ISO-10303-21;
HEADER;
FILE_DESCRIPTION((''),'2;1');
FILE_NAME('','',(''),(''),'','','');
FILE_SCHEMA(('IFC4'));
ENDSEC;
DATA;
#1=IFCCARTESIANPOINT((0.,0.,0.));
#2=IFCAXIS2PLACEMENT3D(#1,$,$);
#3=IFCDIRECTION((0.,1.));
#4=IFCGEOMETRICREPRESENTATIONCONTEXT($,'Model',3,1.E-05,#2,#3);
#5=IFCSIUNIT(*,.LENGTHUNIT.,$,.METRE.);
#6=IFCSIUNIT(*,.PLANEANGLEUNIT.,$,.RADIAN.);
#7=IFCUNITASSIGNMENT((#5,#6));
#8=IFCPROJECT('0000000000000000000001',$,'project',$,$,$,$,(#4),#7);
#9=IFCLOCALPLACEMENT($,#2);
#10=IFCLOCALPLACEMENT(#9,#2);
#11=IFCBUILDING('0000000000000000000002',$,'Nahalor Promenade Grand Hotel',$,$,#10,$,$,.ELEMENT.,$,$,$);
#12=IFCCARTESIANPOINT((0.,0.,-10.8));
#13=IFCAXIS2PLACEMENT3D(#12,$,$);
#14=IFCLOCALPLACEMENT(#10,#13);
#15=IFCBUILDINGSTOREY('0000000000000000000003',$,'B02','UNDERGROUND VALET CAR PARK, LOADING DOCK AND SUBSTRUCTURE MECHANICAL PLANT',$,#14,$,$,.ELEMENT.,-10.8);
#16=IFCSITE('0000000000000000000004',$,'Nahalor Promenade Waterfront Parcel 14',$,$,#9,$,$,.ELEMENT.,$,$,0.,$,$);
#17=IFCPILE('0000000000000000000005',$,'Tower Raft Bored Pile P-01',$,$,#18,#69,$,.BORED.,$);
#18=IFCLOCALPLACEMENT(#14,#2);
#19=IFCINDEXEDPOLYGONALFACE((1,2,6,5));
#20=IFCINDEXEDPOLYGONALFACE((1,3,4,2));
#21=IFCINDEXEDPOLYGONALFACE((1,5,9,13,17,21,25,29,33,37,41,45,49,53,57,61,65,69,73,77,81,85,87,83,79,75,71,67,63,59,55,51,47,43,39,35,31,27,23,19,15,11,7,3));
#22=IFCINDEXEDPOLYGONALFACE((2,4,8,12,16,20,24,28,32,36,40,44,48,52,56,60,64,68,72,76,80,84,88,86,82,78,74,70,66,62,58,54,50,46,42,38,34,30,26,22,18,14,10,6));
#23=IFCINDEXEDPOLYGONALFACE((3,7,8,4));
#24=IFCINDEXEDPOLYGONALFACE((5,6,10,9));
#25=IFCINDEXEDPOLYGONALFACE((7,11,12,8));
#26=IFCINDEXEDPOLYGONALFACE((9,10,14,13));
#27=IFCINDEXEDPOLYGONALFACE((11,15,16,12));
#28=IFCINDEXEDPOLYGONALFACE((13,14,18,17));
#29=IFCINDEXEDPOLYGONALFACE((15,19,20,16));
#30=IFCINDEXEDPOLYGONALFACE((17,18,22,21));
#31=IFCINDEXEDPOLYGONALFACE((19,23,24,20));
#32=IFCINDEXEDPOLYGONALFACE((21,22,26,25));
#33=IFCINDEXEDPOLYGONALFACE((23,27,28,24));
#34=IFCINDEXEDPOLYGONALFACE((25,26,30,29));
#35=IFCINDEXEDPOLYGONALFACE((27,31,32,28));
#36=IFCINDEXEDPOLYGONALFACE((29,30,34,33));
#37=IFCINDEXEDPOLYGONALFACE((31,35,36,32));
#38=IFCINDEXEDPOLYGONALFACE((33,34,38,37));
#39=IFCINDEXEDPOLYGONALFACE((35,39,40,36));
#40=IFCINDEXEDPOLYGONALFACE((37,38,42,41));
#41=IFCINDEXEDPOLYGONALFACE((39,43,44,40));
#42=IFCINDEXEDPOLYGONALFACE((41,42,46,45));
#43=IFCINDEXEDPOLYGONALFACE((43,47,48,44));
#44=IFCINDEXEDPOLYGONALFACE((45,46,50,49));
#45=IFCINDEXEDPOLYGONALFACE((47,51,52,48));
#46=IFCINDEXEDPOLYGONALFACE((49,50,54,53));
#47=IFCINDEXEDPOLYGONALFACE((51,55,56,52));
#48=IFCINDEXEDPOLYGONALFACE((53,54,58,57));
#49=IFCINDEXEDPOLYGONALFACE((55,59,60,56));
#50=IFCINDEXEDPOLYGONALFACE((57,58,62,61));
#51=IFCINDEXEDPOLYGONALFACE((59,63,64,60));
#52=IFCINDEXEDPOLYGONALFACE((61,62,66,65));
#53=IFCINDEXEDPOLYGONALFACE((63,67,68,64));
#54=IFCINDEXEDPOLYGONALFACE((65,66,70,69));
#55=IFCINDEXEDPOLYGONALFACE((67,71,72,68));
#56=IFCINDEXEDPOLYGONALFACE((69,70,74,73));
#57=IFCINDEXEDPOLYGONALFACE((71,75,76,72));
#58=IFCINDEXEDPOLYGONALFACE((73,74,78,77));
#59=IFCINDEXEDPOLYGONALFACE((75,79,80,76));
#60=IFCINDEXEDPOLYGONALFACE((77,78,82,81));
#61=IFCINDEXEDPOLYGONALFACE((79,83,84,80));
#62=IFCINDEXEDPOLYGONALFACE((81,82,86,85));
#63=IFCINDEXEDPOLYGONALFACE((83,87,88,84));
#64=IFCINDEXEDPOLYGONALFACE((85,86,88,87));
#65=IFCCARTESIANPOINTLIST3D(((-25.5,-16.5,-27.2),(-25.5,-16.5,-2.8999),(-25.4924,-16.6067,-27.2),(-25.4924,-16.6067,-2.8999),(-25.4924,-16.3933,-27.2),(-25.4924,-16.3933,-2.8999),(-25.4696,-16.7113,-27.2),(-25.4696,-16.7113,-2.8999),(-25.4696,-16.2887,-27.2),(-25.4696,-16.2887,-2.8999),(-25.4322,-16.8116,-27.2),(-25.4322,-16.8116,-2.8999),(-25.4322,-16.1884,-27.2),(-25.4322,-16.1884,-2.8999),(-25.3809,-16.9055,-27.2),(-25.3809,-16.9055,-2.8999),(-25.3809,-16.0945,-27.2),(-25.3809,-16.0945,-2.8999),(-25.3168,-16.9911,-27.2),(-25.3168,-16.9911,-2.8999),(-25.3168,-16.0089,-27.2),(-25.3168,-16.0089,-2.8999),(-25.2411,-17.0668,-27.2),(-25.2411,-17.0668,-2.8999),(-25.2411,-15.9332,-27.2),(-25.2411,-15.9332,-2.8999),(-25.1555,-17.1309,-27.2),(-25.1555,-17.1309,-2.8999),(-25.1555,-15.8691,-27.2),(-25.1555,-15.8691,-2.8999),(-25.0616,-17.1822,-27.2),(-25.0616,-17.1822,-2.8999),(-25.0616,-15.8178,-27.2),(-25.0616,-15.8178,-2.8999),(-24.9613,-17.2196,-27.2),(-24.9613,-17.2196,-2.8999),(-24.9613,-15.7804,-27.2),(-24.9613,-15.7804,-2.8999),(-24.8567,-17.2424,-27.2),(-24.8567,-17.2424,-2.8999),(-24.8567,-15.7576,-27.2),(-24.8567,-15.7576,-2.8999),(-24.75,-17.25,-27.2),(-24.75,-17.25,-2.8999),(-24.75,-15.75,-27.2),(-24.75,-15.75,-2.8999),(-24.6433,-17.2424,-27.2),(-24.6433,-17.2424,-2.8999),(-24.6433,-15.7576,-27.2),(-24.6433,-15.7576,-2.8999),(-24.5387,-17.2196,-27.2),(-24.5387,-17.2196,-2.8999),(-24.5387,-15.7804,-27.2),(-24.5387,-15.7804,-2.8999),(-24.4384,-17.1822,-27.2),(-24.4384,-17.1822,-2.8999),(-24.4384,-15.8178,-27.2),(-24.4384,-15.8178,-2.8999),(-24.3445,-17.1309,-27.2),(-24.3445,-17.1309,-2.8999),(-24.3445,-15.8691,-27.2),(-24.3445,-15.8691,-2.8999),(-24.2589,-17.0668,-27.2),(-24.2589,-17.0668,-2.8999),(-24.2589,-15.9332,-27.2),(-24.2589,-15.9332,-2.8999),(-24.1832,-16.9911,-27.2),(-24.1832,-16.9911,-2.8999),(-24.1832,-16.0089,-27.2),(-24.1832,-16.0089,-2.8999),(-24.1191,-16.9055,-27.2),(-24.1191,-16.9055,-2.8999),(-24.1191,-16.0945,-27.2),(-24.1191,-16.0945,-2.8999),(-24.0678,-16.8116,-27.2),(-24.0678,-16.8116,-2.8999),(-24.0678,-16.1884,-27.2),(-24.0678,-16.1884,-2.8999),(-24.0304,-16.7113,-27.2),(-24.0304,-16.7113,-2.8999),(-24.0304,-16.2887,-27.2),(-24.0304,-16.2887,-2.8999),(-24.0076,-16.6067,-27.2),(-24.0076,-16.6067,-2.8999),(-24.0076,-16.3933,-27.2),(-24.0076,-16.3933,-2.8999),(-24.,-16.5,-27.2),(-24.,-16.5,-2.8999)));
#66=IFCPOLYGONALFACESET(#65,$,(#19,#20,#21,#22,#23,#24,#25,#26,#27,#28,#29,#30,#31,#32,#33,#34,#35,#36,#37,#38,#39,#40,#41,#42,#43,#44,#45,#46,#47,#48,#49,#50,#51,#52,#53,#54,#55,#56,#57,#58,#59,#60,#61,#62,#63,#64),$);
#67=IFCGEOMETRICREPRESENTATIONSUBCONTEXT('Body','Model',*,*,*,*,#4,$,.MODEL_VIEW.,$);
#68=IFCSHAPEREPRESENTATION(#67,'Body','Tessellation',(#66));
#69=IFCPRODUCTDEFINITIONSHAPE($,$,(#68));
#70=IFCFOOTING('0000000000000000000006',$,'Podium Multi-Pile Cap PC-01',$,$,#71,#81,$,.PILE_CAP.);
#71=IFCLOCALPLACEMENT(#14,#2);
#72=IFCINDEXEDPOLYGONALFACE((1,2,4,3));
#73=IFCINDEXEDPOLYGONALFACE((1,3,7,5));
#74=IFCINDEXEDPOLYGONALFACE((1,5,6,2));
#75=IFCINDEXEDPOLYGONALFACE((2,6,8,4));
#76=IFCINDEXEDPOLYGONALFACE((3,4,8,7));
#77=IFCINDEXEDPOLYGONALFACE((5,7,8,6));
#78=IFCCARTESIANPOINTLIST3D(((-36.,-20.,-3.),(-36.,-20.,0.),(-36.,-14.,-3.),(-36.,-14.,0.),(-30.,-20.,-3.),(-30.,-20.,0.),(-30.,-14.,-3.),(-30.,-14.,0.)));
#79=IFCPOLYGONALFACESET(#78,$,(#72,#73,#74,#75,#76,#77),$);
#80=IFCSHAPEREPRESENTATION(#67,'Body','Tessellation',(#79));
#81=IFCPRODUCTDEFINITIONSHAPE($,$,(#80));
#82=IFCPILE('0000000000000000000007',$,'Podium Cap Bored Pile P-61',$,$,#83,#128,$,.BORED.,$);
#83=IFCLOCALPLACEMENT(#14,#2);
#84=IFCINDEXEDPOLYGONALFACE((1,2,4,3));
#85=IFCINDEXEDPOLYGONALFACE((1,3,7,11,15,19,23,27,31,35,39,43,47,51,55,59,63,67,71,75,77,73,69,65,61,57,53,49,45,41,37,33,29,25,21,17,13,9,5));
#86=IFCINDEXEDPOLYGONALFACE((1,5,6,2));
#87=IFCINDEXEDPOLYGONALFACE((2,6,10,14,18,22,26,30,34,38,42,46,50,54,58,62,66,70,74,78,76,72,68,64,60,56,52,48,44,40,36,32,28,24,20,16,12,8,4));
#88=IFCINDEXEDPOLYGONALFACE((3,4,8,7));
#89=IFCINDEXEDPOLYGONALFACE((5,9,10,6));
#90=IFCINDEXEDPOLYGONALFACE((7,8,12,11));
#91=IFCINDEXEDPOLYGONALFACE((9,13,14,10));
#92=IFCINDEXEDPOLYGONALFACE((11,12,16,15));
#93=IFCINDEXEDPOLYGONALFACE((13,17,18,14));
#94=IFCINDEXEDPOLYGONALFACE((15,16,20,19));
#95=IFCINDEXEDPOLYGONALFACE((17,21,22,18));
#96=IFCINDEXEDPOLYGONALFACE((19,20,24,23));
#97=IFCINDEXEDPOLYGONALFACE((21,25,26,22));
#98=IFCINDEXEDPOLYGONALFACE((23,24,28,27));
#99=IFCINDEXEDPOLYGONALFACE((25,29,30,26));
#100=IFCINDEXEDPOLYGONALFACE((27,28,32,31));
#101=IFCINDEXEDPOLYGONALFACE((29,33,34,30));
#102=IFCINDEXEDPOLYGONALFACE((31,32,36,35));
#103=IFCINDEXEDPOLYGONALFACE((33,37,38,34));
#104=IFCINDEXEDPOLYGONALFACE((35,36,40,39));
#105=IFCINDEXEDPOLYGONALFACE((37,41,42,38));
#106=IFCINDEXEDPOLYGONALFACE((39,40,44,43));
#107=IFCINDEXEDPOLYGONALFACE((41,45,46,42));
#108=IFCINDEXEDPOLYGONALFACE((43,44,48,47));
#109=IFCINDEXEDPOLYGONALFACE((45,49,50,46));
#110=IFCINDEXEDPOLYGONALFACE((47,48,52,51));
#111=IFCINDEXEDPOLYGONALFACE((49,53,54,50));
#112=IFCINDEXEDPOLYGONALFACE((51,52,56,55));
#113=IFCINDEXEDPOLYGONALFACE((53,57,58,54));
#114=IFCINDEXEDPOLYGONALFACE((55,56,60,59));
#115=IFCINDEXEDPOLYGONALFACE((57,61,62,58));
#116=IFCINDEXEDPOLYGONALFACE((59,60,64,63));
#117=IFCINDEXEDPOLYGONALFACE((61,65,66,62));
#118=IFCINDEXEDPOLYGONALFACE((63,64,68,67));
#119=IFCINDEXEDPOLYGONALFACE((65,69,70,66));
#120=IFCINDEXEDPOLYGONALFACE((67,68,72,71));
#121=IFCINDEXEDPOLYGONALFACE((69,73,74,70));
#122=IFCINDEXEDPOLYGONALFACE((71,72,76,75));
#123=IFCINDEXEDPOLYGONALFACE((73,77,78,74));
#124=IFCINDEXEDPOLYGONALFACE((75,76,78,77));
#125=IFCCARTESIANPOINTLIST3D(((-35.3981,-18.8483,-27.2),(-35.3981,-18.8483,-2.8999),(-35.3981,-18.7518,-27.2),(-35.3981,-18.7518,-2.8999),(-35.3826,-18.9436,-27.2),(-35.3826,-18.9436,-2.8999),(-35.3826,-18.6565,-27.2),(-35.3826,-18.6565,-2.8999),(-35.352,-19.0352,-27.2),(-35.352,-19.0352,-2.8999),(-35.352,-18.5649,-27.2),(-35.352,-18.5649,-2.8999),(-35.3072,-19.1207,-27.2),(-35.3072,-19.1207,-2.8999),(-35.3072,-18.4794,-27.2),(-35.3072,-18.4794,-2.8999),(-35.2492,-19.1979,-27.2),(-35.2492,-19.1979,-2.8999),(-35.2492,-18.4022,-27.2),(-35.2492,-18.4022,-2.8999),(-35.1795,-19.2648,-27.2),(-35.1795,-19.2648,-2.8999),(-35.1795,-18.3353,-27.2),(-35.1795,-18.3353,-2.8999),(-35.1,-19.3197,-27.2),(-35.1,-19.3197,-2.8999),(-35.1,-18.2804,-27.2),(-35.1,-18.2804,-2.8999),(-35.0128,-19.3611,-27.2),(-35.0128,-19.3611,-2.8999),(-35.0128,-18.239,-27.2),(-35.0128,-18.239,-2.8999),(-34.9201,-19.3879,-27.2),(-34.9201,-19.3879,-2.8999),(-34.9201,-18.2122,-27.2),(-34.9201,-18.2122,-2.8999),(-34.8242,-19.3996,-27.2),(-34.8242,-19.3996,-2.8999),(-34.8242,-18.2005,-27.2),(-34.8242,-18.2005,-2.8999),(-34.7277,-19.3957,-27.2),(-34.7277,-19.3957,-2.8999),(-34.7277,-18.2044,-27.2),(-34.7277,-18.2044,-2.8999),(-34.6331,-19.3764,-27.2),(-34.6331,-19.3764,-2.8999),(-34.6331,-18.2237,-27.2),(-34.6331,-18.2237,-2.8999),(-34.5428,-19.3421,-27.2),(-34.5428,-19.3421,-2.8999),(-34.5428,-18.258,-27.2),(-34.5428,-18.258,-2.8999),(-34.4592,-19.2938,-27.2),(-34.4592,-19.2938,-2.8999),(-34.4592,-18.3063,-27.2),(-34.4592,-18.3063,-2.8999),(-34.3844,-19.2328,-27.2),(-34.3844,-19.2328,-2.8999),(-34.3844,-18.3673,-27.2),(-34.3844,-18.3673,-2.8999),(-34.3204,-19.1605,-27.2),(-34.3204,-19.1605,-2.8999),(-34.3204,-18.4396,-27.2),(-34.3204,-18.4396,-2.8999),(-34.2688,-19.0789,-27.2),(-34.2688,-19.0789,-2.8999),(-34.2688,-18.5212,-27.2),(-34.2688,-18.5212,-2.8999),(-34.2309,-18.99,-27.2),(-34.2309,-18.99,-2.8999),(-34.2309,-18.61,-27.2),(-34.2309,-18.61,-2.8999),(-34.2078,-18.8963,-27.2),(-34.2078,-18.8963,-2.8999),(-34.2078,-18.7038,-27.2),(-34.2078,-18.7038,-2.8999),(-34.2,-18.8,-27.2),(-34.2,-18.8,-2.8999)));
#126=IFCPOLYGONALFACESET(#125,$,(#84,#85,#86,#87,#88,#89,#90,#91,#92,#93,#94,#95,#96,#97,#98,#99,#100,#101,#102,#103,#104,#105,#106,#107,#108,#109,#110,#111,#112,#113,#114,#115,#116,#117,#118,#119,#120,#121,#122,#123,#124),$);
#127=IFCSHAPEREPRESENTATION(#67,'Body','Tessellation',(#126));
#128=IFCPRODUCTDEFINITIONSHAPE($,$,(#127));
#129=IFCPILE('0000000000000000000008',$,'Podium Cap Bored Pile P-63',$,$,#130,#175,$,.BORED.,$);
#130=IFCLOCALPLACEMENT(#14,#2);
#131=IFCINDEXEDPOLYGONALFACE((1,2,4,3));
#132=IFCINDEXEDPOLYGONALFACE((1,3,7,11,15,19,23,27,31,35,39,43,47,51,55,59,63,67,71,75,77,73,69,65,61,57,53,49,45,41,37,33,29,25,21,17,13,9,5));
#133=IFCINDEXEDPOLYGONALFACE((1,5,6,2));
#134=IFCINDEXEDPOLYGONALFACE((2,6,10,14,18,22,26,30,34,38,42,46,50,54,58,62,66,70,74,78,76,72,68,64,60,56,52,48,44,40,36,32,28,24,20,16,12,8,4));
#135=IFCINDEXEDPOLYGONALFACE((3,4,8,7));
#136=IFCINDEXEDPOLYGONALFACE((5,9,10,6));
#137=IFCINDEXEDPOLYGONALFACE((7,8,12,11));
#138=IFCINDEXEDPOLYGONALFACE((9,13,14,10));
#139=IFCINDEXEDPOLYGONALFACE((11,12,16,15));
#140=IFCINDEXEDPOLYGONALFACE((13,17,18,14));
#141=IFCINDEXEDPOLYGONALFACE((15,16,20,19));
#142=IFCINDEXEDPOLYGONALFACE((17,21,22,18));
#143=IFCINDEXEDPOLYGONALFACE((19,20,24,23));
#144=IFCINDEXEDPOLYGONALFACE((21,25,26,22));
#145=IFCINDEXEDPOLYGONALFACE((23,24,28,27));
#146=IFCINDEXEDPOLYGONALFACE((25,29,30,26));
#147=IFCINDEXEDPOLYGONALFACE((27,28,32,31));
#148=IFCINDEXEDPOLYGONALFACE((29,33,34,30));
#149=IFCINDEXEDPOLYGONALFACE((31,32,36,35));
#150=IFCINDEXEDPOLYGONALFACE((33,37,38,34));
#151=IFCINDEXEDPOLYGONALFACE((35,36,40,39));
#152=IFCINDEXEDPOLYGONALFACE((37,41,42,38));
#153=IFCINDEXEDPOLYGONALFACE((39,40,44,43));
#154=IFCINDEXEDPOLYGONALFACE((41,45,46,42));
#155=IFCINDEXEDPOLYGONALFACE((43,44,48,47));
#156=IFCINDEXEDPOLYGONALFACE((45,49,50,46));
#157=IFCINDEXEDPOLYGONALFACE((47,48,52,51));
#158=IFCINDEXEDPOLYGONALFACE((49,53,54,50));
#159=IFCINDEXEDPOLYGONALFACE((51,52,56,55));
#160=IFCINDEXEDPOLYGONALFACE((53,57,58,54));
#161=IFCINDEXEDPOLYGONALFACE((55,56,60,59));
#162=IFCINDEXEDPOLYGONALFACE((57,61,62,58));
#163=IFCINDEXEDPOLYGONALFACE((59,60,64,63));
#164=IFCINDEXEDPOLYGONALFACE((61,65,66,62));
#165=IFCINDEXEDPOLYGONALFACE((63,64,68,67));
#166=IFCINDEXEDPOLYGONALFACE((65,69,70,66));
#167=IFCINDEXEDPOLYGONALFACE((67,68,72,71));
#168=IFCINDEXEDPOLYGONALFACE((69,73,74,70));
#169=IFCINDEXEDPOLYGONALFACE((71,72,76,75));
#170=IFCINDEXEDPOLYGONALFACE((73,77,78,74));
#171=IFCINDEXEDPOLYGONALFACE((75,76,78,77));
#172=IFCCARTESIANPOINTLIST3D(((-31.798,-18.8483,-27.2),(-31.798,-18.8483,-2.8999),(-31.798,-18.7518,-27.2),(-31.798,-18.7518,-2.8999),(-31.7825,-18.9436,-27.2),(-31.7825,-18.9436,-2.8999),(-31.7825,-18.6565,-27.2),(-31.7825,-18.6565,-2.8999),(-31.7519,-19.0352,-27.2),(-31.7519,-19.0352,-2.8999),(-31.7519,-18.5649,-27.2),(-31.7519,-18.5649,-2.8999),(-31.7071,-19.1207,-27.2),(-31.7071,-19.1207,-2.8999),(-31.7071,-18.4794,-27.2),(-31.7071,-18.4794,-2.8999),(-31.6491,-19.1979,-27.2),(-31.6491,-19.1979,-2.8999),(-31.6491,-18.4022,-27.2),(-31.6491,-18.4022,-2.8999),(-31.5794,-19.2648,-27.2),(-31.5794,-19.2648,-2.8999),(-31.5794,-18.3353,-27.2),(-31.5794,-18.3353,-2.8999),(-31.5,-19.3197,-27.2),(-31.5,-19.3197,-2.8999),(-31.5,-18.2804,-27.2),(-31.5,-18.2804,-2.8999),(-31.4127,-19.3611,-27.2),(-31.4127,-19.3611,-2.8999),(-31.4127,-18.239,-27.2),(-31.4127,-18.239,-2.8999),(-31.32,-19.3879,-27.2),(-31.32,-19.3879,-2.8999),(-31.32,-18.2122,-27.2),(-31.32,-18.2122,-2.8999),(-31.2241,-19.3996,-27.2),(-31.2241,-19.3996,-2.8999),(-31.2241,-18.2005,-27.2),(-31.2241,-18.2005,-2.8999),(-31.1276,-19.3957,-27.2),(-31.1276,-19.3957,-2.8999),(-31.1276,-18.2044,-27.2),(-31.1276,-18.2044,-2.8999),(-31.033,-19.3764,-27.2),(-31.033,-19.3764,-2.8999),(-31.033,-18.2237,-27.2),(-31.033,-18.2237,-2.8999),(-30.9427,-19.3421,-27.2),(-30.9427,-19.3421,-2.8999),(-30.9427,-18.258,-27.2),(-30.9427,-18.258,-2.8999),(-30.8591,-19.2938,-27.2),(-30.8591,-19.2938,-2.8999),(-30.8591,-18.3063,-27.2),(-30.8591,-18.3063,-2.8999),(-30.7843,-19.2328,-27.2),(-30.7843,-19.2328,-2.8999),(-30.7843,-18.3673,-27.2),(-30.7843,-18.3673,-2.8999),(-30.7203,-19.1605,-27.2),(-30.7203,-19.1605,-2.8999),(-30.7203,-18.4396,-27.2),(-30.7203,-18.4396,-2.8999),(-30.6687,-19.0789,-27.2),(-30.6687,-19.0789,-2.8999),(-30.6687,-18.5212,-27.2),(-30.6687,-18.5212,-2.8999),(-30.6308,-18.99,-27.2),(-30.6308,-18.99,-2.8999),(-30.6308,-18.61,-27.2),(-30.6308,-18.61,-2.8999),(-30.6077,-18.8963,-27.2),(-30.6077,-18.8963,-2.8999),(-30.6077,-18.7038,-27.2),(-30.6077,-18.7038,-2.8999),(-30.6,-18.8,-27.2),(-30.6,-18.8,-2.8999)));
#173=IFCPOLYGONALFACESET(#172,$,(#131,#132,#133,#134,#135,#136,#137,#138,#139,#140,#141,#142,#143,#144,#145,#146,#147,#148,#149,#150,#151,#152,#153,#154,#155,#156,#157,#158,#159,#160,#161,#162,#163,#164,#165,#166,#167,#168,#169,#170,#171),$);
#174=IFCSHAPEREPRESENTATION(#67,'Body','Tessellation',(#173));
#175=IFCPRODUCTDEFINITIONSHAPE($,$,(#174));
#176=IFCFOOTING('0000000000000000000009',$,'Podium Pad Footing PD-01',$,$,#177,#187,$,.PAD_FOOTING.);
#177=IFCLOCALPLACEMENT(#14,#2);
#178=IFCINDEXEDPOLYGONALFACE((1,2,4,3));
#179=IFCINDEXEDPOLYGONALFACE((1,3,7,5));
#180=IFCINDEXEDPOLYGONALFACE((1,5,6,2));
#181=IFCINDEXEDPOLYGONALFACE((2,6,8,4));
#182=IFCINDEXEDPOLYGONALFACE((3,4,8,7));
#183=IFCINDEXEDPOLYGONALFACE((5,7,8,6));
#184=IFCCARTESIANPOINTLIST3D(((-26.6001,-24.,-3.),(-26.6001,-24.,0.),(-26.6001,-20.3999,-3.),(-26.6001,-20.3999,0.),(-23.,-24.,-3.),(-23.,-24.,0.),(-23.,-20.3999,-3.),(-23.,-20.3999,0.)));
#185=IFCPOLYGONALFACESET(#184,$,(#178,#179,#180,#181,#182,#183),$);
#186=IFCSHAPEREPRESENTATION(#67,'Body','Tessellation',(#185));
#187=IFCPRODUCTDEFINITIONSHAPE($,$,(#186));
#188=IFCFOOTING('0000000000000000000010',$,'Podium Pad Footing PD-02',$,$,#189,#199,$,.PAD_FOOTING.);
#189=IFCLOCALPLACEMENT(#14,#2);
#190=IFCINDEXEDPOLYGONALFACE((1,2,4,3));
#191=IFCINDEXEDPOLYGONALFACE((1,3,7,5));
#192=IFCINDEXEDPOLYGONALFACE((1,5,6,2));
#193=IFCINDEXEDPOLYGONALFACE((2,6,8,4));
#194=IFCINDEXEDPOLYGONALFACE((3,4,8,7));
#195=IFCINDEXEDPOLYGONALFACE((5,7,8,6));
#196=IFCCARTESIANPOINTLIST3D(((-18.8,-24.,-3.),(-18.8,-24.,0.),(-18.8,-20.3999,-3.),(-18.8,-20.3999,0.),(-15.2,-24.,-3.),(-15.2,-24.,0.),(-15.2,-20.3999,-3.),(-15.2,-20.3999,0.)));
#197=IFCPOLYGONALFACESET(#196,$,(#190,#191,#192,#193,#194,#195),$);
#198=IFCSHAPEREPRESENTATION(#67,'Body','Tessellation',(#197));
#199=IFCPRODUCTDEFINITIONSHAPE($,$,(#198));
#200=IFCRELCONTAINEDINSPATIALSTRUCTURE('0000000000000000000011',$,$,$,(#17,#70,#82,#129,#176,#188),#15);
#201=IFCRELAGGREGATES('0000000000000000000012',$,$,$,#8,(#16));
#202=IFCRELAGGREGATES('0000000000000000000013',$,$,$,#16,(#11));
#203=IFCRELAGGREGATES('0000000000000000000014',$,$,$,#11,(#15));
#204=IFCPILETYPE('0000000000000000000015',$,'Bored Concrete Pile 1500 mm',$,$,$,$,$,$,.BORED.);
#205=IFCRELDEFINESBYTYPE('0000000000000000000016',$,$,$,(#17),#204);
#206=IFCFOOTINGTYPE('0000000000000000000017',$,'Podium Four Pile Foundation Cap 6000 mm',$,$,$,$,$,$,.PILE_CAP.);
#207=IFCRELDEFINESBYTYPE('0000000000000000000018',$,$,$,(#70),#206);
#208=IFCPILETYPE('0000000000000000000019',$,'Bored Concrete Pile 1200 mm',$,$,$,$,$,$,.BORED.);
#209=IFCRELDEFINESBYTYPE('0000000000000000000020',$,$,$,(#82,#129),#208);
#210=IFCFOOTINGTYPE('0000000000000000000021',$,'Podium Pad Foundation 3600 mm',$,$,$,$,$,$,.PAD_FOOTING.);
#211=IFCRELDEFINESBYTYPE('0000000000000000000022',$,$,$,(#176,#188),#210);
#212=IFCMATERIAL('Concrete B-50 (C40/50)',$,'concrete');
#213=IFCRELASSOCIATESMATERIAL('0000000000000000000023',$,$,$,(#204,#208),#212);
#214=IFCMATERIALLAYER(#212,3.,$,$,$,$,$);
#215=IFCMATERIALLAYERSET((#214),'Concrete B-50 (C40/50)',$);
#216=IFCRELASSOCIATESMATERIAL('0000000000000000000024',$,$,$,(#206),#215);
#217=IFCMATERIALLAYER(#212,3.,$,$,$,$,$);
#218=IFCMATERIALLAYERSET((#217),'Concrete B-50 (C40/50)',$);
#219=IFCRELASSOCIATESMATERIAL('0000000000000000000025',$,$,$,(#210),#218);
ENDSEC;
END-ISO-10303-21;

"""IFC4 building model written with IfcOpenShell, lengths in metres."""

from ifc_helpers import new_model, si_unit, direction, frame, origin, origin_2d, place, context, subcontext, project, spatial, rectangle, circle, extrude, source, transform, mapped, material, layer, layer_set, material_profile, profile_set, type_object, element, save


model = new_model("IFC4")

# Units and contexts
model_context = context("Model", 3, precision=1e-05, world=origin(), true_north=direction((0.0, 1.0)))
body_context = subcontext(model_context, "Body", "Model", "MODEL_VIEW")
ifc_project = project(units=[si_unit("LENGTHUNIT", "METRE"), si_unit("PLANEANGLEUNIT", "RADIAN")], contexts=[model_context])

# Site, building, storey
site_placement = place(None, origin())
site = spatial("IfcSite", under=ifc_project, at=site_placement, Name="Nahalor Promenade Waterfront Parcel 14", CompositionType="ELEMENT", RefElevation=0.0)
building_placement = place(site_placement, origin())
building = spatial("IfcBuilding", under=site, at=building_placement, Name="Nahalor Promenade Grand Hotel", CompositionType="ELEMENT")
storey_placement = place(building_placement, frame((0.0, 0.0, -10.8)))
storey = spatial("IfcBuildingStorey", under=building, at=storey_placement, Name="B02", Description="UNDERGROUND VALET CAR PARK, LOADING DOCK AND SUBSTRUCTURE MECHANICAL PLANT", CompositionType="ELEMENT", Elevation=-10.8)

# Pile
ifc_material_1 = material(Name="Concrete B-50 (C40/50)", Category="concrete")
ifc_material_profile_1 = material_profile(ifc_material_1, circle(Radius=0.75, at=origin_2d()), Name="PILE D1500")
ifc_profile_set_1 = profile_set([ifc_material_profile_1], Name="Concrete B-50 (C40/50)")
pile_type_1 = type_object("IfcPileType", Name="Bored Concrete Pile 1500 mm", PredefinedType="BORED", material=ifc_profile_set_1)
shared_shape_1 = source(origin(), body_context, "Body", "SweptSolid", [
    extrude(circle(Radius=0.75, at=origin_2d()), origin(), (0.0, 0.0, 1.0), 24.3),
])
pile_placement = place(storey_placement, frame((-24.75, -16.5, -2.8999), z_axis=(0.0, 0.0, -1.0), x_axis=(1.0, 0.0, 0.0)))
element("IfcPile", 1, at=pile_placement, inside=storey, type_object=pile_type_1, Name="Tower Raft Bored Pile P-01", PredefinedType="BORED", context=body_context, shape_type="MappedRepresentation", body=[
    mapped(shared_shape_1, transform((0.0, 0.0, 0.0), scale=1.0)),
])

# Footing
ifc_layer_1 = layer(ifc_material_1, 3.0)
ifc_layer_set_1 = layer_set([ifc_layer_1], Name="Concrete B-50 (C40/50)")
footing_type_1 = type_object("IfcFootingType", Name="Podium Four Pile Foundation Cap 6000 mm", PredefinedType="PILE_CAP", material=ifc_layer_set_1)
shared_shape_2 = source(origin(), body_context, "Body", "SweptSolid", [
    extrude(rectangle(XDim=6.0, YDim=6.0, at=origin_2d()), origin(), (0.0, 0.0, 1.0), 3.0),
])
footing_1_placement = place(storey_placement, frame((-33.0, -17.0, -3.0), z_axis=(0.0, 0.0, 1.0), x_axis=(1.0, 0.0, 0.0)))
element("IfcFooting", 2, at=footing_1_placement, inside=storey, type_object=footing_type_1, Name="Podium Multi-Pile Cap PC-01", PredefinedType="PILE_CAP", context=body_context, shape_type="MappedRepresentation", body=[
    mapped(shared_shape_2, transform((0.0, 0.0, 0.0), scale=1.0)),
])

# Piles
ifc_material_profile_2 = material_profile(ifc_material_1, circle(Radius=0.6, at=origin_2d()), Name="PILE D1200")
ifc_profile_set_2 = profile_set([ifc_material_profile_2], Name="Concrete B-50 (C40/50)")
pile_type_2 = type_object("IfcPileType", Name="Bored Concrete Pile 1200 mm", PredefinedType="BORED", material=ifc_profile_set_2)
shared_shape_3 = source(origin(), body_context, "Body", "SweptSolid", [
    extrude(circle(Radius=0.6, at=origin_2d()), origin(), (0.0, 0.0, 1.0), 24.3),
])
for number, where, z_axis, x_axis, name in (
    (3, (-34.8, -18.8, -2.8999), (0.0, 0.0, -1.0), (1.0, 0.0, 0.0), "Podium Cap Bored Pile P-61"),
    (4, (-31.2, -18.8, -2.8999), (0.0, 0.0, -1.0), (1.0, 0.0, 0.0), "Podium Cap Bored Pile P-63"),
):
    element("IfcPile", number, at=place(storey_placement, frame(where, z_axis=z_axis, x_axis=x_axis)), inside=storey, type_object=pile_type_2, Name=name, PredefinedType="BORED", context=body_context, shape_type="MappedRepresentation", body=[
        mapped(shared_shape_3, transform((0.0, 0.0, 0.0), scale=1.0)),
    ])

# Footings
ifc_layer_2 = layer(ifc_material_1, 3.0)
ifc_layer_set_2 = layer_set([ifc_layer_2], Name="Concrete B-50 (C40/50)")
footing_type_2 = type_object("IfcFootingType", Name="Podium Pad Foundation 3600 mm", PredefinedType="PAD_FOOTING", material=ifc_layer_set_2)
shared_shape_4 = source(origin(), body_context, "Body", "SweptSolid", [
    extrude(rectangle(XDim=3.6001, YDim=3.6001, at=origin_2d()), origin(), (0.0, 0.0, 1.0), 3.0),
])
for number, where, z_axis, x_axis, name in (
    (5, (-24.8, -22.2, -3.0), (0.0, 0.0, 1.0), (1.0, 0.0, 0.0), "Podium Pad Footing PD-01"),
    (6, (-17.0, -22.2, -3.0), (0.0, 0.0, 1.0), (1.0, 0.0, 0.0), "Podium Pad Footing PD-02"),
):
    element("IfcFooting", number, at=place(storey_placement, frame(where, z_axis=z_axis, x_axis=x_axis)), inside=storey, type_object=footing_type_2, Name=name, PredefinedType="PAD_FOOTING", context=body_context, shape_type="MappedRepresentation", body=[
        mapped(shared_shape_4, transform((0.0, 0.0, 0.0), scale=1.0)),
    ])

save(model, "model.ifc")
